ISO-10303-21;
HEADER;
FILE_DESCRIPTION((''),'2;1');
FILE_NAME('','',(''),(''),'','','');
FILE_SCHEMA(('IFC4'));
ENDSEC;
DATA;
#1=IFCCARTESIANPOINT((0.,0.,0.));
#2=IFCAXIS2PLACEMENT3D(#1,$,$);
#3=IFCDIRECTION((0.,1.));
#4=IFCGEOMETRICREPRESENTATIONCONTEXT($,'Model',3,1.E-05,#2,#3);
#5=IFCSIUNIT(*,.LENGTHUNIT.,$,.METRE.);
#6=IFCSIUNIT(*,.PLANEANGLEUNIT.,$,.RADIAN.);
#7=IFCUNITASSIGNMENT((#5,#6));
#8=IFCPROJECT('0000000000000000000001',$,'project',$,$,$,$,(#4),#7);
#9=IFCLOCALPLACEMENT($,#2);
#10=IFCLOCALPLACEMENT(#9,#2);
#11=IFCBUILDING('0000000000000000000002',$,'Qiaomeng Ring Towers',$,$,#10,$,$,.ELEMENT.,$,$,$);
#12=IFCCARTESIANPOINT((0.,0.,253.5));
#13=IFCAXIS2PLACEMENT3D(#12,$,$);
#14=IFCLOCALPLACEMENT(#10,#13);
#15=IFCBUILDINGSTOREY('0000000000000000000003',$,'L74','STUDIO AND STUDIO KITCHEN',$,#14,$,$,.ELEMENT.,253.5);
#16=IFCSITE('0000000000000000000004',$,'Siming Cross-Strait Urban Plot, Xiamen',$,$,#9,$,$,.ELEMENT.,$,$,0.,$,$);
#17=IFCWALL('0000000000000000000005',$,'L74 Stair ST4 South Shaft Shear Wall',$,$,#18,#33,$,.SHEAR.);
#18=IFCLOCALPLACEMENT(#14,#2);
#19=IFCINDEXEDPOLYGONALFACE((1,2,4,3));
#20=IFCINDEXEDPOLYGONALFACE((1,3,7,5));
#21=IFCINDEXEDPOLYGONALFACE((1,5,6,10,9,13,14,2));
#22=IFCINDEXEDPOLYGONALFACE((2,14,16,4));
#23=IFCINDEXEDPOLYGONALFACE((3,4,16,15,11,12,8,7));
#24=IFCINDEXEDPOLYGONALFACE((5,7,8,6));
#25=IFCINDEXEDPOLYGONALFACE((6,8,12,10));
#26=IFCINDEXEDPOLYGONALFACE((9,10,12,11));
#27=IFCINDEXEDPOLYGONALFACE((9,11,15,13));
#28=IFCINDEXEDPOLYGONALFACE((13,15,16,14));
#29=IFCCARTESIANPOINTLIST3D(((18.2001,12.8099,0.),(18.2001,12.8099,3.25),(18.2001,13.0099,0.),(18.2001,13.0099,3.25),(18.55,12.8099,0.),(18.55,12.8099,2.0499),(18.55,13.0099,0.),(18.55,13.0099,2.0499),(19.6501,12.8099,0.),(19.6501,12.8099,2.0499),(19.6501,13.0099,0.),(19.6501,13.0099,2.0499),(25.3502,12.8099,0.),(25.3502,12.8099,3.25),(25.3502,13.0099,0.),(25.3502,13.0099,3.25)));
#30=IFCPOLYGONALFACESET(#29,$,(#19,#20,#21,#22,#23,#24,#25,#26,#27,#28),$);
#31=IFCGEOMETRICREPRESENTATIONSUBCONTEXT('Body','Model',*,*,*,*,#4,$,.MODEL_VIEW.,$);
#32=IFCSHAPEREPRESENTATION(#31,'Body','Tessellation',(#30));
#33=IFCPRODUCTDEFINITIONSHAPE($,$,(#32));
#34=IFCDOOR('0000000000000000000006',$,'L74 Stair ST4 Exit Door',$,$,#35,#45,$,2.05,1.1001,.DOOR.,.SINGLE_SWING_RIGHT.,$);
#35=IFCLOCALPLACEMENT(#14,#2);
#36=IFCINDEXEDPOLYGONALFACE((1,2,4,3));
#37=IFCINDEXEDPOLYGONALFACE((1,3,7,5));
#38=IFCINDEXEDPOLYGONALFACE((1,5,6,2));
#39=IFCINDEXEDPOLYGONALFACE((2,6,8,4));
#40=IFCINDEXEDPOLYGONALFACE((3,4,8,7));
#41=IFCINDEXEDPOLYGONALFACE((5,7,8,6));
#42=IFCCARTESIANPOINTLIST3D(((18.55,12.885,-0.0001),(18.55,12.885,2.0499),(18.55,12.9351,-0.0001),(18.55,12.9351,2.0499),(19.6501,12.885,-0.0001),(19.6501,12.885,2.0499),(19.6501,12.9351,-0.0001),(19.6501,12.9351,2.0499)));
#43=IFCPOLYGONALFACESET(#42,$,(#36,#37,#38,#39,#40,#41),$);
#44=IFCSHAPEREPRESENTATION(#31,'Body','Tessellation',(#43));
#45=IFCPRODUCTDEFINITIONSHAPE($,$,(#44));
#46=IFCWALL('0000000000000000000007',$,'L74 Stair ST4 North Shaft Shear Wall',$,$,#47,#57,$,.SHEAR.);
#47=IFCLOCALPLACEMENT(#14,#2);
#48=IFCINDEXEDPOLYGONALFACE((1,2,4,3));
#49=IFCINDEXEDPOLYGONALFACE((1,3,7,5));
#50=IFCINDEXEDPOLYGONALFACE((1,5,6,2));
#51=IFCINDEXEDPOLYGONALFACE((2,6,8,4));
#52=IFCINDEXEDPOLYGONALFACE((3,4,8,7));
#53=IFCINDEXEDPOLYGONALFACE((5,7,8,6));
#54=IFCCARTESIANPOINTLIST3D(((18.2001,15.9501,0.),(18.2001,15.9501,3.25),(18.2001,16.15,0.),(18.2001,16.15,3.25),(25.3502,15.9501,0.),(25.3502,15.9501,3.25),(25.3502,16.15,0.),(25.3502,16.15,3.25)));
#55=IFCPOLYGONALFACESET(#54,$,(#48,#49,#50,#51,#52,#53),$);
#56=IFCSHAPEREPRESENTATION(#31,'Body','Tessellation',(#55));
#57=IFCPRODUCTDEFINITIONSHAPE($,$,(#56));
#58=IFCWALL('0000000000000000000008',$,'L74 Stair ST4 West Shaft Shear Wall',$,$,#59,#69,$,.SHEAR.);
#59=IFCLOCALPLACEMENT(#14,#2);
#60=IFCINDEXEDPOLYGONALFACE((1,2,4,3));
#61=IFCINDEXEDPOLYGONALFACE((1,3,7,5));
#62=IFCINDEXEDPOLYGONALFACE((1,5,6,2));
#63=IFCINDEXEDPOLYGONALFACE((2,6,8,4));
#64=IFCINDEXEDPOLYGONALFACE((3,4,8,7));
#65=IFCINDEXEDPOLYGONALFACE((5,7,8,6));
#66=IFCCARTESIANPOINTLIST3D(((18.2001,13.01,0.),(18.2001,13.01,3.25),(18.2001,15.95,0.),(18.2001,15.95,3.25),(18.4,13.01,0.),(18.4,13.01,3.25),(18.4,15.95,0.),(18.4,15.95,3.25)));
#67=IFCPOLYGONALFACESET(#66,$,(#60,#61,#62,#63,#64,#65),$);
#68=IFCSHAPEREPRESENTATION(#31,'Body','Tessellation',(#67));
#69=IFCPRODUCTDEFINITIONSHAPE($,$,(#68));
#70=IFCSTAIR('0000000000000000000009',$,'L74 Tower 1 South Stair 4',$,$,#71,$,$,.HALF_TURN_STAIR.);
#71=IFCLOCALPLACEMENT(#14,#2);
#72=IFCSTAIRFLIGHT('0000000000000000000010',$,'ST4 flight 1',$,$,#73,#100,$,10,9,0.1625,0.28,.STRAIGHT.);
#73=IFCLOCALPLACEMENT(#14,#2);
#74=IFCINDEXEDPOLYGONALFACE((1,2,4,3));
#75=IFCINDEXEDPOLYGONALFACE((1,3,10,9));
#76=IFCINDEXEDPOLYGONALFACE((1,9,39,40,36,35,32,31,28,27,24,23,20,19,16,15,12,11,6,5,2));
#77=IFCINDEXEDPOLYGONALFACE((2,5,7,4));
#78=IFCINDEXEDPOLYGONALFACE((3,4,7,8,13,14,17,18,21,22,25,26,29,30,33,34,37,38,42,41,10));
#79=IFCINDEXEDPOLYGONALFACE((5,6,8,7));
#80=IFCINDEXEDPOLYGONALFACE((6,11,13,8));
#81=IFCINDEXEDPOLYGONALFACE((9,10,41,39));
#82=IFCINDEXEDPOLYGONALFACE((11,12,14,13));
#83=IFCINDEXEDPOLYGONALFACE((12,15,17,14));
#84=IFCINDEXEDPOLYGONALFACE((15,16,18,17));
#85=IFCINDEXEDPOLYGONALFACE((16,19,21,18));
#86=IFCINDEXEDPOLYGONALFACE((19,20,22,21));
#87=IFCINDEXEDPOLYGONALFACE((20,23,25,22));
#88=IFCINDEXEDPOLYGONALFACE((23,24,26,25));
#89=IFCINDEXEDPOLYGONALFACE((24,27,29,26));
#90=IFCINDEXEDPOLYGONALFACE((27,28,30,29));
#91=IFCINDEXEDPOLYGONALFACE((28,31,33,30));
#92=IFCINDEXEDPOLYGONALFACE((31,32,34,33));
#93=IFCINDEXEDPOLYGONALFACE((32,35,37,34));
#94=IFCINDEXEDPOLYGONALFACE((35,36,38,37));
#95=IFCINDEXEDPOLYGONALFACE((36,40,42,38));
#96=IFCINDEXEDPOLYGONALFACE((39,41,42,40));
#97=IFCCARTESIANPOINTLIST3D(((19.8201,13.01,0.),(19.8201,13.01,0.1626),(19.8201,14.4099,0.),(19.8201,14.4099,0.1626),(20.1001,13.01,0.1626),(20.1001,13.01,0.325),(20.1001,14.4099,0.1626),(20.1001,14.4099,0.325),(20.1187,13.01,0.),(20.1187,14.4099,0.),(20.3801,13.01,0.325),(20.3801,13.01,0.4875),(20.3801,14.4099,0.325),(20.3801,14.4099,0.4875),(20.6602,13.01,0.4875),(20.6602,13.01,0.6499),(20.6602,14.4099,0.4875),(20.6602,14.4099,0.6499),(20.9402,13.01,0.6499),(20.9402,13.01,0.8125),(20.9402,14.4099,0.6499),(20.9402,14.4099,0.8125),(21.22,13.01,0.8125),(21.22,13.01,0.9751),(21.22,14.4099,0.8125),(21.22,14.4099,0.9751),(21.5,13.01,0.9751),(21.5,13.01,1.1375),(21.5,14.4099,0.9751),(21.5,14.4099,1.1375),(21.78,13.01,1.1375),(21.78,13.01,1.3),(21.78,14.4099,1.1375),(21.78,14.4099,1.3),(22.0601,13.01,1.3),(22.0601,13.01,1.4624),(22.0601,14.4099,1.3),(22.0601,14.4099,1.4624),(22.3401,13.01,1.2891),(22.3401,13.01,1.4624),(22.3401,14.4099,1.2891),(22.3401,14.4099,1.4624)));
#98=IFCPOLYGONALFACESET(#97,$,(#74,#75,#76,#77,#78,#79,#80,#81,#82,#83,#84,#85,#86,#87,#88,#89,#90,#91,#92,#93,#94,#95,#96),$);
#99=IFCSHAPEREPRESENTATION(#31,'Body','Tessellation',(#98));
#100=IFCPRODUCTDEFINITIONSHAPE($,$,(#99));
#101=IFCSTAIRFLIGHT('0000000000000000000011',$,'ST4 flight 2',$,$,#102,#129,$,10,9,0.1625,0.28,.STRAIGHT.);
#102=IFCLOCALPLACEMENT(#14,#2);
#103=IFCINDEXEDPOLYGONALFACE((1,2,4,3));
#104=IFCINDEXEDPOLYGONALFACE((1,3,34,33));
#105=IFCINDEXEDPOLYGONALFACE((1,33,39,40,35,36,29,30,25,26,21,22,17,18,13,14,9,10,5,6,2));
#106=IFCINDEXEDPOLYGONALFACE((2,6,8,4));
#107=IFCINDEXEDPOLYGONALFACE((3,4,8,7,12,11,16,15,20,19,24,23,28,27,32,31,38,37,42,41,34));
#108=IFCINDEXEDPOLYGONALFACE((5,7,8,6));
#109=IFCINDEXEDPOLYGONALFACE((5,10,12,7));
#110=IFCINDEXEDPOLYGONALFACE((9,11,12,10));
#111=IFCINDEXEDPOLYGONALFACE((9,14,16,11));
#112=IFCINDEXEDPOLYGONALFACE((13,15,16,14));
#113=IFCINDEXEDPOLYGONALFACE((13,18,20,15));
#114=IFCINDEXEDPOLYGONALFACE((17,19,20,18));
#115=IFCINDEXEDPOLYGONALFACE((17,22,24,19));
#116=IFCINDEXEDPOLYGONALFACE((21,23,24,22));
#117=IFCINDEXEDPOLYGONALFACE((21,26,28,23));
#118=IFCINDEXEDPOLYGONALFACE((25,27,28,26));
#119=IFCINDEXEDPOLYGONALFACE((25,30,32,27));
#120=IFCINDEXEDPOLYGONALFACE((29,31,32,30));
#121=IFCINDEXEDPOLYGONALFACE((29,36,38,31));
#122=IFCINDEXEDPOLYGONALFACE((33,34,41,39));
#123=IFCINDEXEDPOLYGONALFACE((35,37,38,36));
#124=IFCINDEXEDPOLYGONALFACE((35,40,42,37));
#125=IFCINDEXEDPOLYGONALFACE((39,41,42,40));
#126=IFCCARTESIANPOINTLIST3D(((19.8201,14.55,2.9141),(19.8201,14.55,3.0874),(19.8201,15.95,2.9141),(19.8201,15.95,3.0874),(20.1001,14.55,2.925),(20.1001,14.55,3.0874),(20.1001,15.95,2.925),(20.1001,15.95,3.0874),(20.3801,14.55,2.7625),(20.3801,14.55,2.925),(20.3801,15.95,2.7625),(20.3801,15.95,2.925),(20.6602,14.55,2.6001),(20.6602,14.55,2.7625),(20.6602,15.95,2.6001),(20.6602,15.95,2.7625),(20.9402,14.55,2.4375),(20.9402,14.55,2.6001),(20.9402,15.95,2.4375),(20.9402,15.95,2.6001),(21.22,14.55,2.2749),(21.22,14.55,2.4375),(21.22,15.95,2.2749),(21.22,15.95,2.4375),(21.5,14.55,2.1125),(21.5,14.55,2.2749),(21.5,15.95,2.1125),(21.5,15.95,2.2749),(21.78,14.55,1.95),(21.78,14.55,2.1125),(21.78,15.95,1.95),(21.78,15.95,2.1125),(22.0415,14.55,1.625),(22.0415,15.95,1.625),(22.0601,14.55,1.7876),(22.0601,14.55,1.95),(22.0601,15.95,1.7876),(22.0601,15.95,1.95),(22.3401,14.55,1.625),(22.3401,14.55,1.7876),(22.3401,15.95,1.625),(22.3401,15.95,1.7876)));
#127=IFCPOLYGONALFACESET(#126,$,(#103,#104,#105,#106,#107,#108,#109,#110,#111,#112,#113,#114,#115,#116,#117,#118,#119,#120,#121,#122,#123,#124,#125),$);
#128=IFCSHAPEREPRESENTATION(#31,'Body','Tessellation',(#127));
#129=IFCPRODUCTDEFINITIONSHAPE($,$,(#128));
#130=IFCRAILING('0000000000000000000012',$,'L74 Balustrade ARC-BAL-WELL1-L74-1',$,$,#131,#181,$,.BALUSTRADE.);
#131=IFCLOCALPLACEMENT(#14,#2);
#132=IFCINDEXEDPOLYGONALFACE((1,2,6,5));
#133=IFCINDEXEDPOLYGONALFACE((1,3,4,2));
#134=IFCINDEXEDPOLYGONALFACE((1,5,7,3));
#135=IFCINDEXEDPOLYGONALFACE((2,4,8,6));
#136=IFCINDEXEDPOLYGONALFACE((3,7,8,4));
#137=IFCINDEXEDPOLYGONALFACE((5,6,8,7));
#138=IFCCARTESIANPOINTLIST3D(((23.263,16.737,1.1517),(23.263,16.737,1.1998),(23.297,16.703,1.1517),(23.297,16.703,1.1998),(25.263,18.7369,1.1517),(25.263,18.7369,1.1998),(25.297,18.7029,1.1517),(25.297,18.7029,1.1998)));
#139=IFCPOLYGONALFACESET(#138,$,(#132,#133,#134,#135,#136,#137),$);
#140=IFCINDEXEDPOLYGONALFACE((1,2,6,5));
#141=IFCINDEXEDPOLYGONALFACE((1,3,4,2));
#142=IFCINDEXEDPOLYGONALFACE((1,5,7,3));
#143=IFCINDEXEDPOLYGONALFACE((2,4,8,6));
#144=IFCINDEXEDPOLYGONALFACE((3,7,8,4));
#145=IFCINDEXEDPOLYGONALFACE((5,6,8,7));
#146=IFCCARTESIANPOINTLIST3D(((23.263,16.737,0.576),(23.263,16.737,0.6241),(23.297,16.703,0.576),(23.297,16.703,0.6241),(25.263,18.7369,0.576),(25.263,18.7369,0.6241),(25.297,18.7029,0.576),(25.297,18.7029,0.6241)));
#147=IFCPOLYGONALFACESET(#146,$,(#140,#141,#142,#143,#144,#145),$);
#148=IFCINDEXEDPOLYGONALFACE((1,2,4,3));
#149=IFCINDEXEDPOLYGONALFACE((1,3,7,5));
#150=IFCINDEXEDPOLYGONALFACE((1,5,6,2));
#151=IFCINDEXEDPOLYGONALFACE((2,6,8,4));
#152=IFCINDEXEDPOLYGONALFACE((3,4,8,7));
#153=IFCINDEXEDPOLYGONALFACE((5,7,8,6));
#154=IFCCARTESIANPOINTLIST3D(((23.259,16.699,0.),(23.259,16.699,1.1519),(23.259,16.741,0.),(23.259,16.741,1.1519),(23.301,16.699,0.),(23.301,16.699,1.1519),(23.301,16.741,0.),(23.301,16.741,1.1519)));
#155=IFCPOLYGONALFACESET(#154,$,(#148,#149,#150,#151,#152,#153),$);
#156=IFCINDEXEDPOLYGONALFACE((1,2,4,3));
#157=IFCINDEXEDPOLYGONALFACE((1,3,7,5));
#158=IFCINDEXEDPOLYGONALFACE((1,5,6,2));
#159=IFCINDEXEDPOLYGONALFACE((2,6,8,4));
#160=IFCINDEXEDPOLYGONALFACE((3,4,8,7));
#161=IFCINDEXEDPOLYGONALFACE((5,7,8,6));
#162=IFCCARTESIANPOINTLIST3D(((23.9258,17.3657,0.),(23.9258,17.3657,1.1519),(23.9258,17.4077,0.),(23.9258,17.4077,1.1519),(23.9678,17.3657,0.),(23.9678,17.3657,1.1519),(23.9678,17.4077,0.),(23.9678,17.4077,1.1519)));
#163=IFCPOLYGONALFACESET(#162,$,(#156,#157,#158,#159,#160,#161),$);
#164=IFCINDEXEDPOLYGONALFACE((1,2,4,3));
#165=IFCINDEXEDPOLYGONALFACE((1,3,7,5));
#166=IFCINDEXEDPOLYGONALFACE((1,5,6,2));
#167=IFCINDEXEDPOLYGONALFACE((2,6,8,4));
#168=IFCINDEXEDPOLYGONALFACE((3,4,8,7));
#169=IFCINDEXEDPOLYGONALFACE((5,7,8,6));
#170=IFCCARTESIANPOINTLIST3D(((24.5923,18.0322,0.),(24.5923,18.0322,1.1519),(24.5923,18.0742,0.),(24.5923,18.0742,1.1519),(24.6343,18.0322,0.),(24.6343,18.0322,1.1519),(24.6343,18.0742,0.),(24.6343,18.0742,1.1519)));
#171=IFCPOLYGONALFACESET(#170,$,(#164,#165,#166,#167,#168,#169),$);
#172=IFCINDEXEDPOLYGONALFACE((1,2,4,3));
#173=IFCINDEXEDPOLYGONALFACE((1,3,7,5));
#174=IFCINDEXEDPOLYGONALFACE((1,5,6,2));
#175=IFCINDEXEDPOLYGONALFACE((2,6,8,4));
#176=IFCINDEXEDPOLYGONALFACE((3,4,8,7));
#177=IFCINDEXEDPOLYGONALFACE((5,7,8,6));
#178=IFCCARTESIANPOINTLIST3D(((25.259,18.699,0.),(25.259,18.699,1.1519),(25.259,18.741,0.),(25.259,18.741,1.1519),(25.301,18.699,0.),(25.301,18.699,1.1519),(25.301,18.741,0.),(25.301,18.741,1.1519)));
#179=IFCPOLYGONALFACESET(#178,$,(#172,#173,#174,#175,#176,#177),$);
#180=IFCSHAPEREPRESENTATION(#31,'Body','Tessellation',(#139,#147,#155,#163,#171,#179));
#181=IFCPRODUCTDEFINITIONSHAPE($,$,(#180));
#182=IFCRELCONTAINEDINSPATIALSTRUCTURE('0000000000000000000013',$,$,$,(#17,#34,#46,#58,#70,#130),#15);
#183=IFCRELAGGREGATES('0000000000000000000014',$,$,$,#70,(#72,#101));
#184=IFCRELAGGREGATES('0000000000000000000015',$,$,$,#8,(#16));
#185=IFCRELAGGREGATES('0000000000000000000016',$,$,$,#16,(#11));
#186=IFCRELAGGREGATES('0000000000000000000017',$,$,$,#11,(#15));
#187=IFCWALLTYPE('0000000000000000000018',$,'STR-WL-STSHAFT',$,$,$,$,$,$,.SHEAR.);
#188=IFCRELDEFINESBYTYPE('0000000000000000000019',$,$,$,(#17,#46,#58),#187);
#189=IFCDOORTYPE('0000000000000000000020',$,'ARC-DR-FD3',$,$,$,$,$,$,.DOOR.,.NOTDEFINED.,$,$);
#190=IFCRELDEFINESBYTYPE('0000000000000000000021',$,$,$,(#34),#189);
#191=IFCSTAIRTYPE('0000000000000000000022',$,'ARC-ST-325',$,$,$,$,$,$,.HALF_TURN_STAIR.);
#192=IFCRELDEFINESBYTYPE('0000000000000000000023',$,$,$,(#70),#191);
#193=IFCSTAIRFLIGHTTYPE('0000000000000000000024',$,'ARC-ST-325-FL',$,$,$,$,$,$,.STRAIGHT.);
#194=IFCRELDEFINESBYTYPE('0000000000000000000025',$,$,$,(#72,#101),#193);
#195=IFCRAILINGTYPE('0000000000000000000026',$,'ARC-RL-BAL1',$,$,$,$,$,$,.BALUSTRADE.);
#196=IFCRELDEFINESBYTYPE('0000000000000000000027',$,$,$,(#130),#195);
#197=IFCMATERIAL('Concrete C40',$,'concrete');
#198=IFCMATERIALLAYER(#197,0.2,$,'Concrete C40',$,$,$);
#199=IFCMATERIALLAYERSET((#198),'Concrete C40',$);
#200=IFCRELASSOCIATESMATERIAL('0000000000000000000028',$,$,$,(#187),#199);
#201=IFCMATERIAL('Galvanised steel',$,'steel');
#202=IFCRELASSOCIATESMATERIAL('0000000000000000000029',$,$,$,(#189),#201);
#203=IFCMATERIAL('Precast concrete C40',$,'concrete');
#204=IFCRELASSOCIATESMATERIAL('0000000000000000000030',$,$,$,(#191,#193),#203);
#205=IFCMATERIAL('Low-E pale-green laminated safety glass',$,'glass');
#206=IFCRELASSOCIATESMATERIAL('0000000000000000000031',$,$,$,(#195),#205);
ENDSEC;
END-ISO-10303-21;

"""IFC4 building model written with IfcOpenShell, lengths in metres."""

from ifc_helpers import new_model, si_unit, direction, frame, frame_2d, origin, origin_2d, place, context, subcontext, project, spatial, polyline, rectangle, outline, extrude, source, transform, mapped, material, layer, layer_set, type_object, element, fill, aggregate, save


model = new_model("IFC4")

# Units and contexts
model_context = context("Model", 3, precision=1e-05, world=origin(), true_north=direction((0.0, 1.0)))
body_context = subcontext(model_context, "Body", "Model", "MODEL_VIEW")
ifc_project = project(units=[si_unit("LENGTHUNIT", "METRE"), si_unit("PLANEANGLEUNIT", "RADIAN")], contexts=[model_context])

# Site, building, storey
site_placement = place(None, origin())
site = spatial("IfcSite", under=ifc_project, at=site_placement, Name="Siming Cross-Strait Urban Plot, Xiamen", CompositionType="ELEMENT", RefElevation=0.0)
building_placement = place(site_placement, origin())
building = spatial("IfcBuilding", under=site, at=building_placement, Name="Qiaomeng Ring Towers", CompositionType="ELEMENT")
storey_placement = place(building_placement, frame((0.0, 0.0, 253.5)))
storey = spatial("IfcBuildingStorey", under=building, at=storey_placement, Name="L74", Description="STUDIO AND STUDIO KITCHEN", CompositionType="ELEMENT", Elevation=253.5)

# Shared definitions
ifc_material_1 = material(Name="Concrete C40", Category="concrete")
ifc_layer_1 = layer(ifc_material_1, 0.2, Name="Concrete C40")
ifc_layer_set_1 = layer_set([ifc_layer_1], Name="Concrete C40")
wall_type_1 = type_object("IfcWallType", Name="STR-WL-STSHAFT", PredefinedType="SHEAR", material=ifc_layer_set_1)

# Wall, opening, door
wall_1_placement = place(storey_placement, frame((18.2, 12.9099, 0.0), z_axis=(0.0, 0.0, 1.0), x_axis=(1.0, 0.0, 0.0)))
wall_1 = element("IfcWall", 1, at=wall_1_placement, inside=storey, type_object=wall_type_1, Name="L74 Stair ST4 South Shaft Shear Wall", PredefinedType="SHEAR", context=body_context, shape_type="SweptSolid", body=[
    extrude(rectangle(XDim=7.1501, YDim=0.2, at=frame_2d((3.5752, 0.0))), origin(), (0.0, 0.0, 1.0), 3.25),
])
opening_placement = place(wall_1_placement, frame((0.3501, 0.0, 0.0)))
opening = element("IfcOpeningElement", 2, at=opening_placement, cuts=wall_1, PredefinedType="OPENING", context=body_context, shape_type="SweptSolid", body=[
    extrude(rectangle(XDim=1.1001, YDim=2.05, at=frame_2d((0.55, 1.0249))), frame((0.0, 0.1099, 0.0), z_axis=(0.0, -1.0, 0.0), x_axis=(1.0, 0.0, 0.0)), (0.0, 0.0, 1.0), 0.22),
])
ifc_material_2 = material(Name="Galvanised steel", Category="steel")
door_type = type_object("IfcDoorType", Name="ARC-DR-FD3", OperationType="NOTDEFINED", PredefinedType="DOOR", material=ifc_material_2)
shared_shape_1 = source(origin(), body_context, "Body", "SweptSolid", [
    extrude(rectangle(XDim=1.1001, YDim=2.05, at=frame_2d((0.55, 1.0249))), frame((0.0, 0.0249, 0.0), z_axis=(0.0, -1.0, 0.0), x_axis=(1.0, 0.0, 0.0)), (0.0, 0.0, 1.0), 0.05),
])
door_placement = place(opening_placement, frame((1.1001, 0.0, 0.0), z_axis=(0.0, 0.0, 1.0), x_axis=(-1.0, 0.0, 0.0)))
door = element("IfcDoor", 3, at=door_placement, inside=storey, type_object=door_type, Name="L74 Stair ST4 Exit Door", OperationType="SINGLE_SWING_RIGHT", OverallHeight=2.05, OverallWidth=1.1001, PredefinedType="DOOR", context=body_context, shape_type="MappedRepresentation", body=[
    mapped(shared_shape_1, transform((0.0, 0.0, 0.0), x_axis=(1.0, 0.0, 0.0), y_axis=(0.0, 1.0, 0.0), z_axis=(0.0, 0.0, 1.0), scale=1.0)),
])
fill(opening, door)

# Walls
wall_2_placement = place(storey_placement, frame((18.2, 16.05, 0.0), z_axis=(0.0, 0.0, 1.0), x_axis=(1.0, 0.0, 0.0)))
element("IfcWall", 4, at=wall_2_placement, inside=storey, type_object=wall_type_1, Name="L74 Stair ST4 North Shaft Shear Wall", PredefinedType="SHEAR", context=body_context, shape_type="SweptSolid", body=[
    extrude(rectangle(XDim=7.1501, YDim=0.2, at=frame_2d((3.5752, 0.0))), origin(), (0.0, 0.0, 1.0), 3.25),
])
wall_3_placement = place(storey_placement, frame((18.3, 13.01, 0.0), z_axis=(0.0, 0.0, 1.0), x_axis=(0.0, 1.0, 0.0)))
element("IfcWall", 5, at=wall_3_placement, inside=storey, type_object=wall_type_1, Name="L74 Stair ST4 West Shaft Shear Wall", PredefinedType="SHEAR", context=body_context, shape_type="SweptSolid", body=[
    extrude(rectangle(XDim=2.9399, YDim=0.2, at=frame_2d((1.47, 0.0))), origin(), (0.0, 0.0, 1.0), 3.25),
])

# Stair, stair flights
ifc_material_3 = material(Name="Precast concrete C40", Category="concrete")
stair_type = type_object("IfcStairType", Name="ARC-ST-325", PredefinedType="HALF_TURN_STAIR", material=ifc_material_3)
stair_placement = place(storey_placement, origin())
stair = element("IfcStair", 6, at=stair_placement, inside=storey, type_object=stair_type, Name="L74 Tower 1 South Stair 4", PredefinedType="HALF_TURN_STAIR")
stair_flight_type = type_object("IfcStairFlightType", Name="ARC-ST-325-FL", PredefinedType="STRAIGHT", material=ifc_material_3)
shared_shape_2 = source(origin(), body_context, "Body", "SweptSolid", [
    extrude(outline(polyline([(0.0, 0.0), (0.0, 0.1626), (0.28, 0.1626), (0.28, 0.325), (0.5601, 0.325), (0.5601, 0.4875), (0.8401, 0.4875), (0.8401, 0.6499), (1.1201, 0.6499), (1.1201, 0.8125), (1.3999, 0.8125), (1.3999, 0.9751), (1.6799, 0.9751), (1.6799, 1.1375), (1.96, 1.1375), (1.96, 1.3), (2.24, 1.3), (2.24, 1.4624), (2.52, 1.4624), (2.52, 1.625), (2.52, 1.2891), (0.2986, 0.0), (0.0, 0.0)])), frame((0.0, 0.7, 0.0), z_axis=(0.0, -1.0, 0.0), x_axis=(1.0, 0.0, 0.0)), (0.0, 0.0, 1.0), 1.3999),
])
stair_flight_1_placement = place(storey_placement, frame((19.8201, 13.71, 0.0), z_axis=(0.0, 0.0, 1.0), x_axis=(1.0, 0.0, 0.0)))
stair_flight_1 = element("IfcStairFlight", 7, at=stair_flight_1_placement, type_object=stair_flight_type, Name="ST4 flight 1", NumberOfRisers=10, NumberOfTreads=9, PredefinedType="STRAIGHT", RiserHeight=0.1625, TreadLength=0.28, context=body_context, shape_type="MappedRepresentation", body=[
    mapped(shared_shape_2, transform((0.0, 0.0, 0.0), x_axis=(1.0, 0.0, 0.0), y_axis=(0.0, 1.0, 0.0), z_axis=(0.0, 0.0, 1.0), scale=1.0)),
])
stair_flight_2_placement = place(storey_placement, frame((22.3401, 15.25, 1.625), z_axis=(0.0, 0.0, 1.0), x_axis=(-1.0, 0.0, 0.0)))
stair_flight_2 = element("IfcStairFlight", 8, at=stair_flight_2_placement, type_object=stair_flight_type, Name="ST4 flight 2", NumberOfRisers=10, NumberOfTreads=9, PredefinedType="STRAIGHT", RiserHeight=0.1625, TreadLength=0.28, context=body_context, shape_type="MappedRepresentation", body=[
    mapped(shared_shape_2, transform((0.0, 0.0, 0.0), x_axis=(1.0, 0.0, 0.0), y_axis=(0.0, 1.0, 0.0), z_axis=(0.0, 0.0, 1.0), scale=1.0)),
])
aggregate(stair, [stair_flight_1, stair_flight_2])

# Railing
ifc_material_4 = material(Name="Low-E pale-green laminated safety glass", Category="glass")
railing_type_1 = type_object("IfcRailingType", Name="ARC-RL-BAL1", PredefinedType="BALUSTRADE", material=ifc_material_4)
railing_1_placement = place(storey_placement, frame((23.28, 16.72, 0.0)))
element("IfcRailing", 9, at=railing_1_placement, inside=storey, type_object=railing_type_1, Name="L74 Balustrade ARC-BAL-WELL1-L74-1", PredefinedType="BALUSTRADE", context=body_context, shape_type="SweptSolid", body=[
    extrude(rectangle(XDim=0.0481, YDim=0.0481, at=origin_2d()), frame((0.0, 0.0, 1.1758), z_axis=(0.707107, 0.707107, 0.0), x_axis=(-0.707107, 0.707107, 0.0)), (0.0, 0.0, 1.0), 2.8284),
    extrude(rectangle(XDim=0.0481, YDim=0.0481, at=origin_2d()), frame((0.0, 0.0, 0.6001), z_axis=(0.707107, 0.707107, 0.0), x_axis=(-0.707107, 0.707107, 0.0)), (0.0, 0.0, 1.0), 2.8284),
    extrude(rectangle(XDim=0.042, YDim=0.042, at=origin_2d()), origin(), (0.0, 0.0, 1.0), 1.1519),
    extrude(rectangle(XDim=0.042, YDim=0.042, at=origin_2d()), frame((0.6667, 0.6667, 0.0)), (0.0, 0.0, 1.0), 1.1519),
    extrude(rectangle(XDim=0.042, YDim=0.042, at=origin_2d()), frame((1.3333, 1.3333, 0.0)), (0.0, 0.0, 1.0), 1.1519),
    extrude(rectangle(XDim=0.042, YDim=0.042, at=origin_2d()), frame((2.0, 2.0, 0.0)), (0.0, 0.0, 1.0), 1.1519),
])

save(model, "model.ifc")
